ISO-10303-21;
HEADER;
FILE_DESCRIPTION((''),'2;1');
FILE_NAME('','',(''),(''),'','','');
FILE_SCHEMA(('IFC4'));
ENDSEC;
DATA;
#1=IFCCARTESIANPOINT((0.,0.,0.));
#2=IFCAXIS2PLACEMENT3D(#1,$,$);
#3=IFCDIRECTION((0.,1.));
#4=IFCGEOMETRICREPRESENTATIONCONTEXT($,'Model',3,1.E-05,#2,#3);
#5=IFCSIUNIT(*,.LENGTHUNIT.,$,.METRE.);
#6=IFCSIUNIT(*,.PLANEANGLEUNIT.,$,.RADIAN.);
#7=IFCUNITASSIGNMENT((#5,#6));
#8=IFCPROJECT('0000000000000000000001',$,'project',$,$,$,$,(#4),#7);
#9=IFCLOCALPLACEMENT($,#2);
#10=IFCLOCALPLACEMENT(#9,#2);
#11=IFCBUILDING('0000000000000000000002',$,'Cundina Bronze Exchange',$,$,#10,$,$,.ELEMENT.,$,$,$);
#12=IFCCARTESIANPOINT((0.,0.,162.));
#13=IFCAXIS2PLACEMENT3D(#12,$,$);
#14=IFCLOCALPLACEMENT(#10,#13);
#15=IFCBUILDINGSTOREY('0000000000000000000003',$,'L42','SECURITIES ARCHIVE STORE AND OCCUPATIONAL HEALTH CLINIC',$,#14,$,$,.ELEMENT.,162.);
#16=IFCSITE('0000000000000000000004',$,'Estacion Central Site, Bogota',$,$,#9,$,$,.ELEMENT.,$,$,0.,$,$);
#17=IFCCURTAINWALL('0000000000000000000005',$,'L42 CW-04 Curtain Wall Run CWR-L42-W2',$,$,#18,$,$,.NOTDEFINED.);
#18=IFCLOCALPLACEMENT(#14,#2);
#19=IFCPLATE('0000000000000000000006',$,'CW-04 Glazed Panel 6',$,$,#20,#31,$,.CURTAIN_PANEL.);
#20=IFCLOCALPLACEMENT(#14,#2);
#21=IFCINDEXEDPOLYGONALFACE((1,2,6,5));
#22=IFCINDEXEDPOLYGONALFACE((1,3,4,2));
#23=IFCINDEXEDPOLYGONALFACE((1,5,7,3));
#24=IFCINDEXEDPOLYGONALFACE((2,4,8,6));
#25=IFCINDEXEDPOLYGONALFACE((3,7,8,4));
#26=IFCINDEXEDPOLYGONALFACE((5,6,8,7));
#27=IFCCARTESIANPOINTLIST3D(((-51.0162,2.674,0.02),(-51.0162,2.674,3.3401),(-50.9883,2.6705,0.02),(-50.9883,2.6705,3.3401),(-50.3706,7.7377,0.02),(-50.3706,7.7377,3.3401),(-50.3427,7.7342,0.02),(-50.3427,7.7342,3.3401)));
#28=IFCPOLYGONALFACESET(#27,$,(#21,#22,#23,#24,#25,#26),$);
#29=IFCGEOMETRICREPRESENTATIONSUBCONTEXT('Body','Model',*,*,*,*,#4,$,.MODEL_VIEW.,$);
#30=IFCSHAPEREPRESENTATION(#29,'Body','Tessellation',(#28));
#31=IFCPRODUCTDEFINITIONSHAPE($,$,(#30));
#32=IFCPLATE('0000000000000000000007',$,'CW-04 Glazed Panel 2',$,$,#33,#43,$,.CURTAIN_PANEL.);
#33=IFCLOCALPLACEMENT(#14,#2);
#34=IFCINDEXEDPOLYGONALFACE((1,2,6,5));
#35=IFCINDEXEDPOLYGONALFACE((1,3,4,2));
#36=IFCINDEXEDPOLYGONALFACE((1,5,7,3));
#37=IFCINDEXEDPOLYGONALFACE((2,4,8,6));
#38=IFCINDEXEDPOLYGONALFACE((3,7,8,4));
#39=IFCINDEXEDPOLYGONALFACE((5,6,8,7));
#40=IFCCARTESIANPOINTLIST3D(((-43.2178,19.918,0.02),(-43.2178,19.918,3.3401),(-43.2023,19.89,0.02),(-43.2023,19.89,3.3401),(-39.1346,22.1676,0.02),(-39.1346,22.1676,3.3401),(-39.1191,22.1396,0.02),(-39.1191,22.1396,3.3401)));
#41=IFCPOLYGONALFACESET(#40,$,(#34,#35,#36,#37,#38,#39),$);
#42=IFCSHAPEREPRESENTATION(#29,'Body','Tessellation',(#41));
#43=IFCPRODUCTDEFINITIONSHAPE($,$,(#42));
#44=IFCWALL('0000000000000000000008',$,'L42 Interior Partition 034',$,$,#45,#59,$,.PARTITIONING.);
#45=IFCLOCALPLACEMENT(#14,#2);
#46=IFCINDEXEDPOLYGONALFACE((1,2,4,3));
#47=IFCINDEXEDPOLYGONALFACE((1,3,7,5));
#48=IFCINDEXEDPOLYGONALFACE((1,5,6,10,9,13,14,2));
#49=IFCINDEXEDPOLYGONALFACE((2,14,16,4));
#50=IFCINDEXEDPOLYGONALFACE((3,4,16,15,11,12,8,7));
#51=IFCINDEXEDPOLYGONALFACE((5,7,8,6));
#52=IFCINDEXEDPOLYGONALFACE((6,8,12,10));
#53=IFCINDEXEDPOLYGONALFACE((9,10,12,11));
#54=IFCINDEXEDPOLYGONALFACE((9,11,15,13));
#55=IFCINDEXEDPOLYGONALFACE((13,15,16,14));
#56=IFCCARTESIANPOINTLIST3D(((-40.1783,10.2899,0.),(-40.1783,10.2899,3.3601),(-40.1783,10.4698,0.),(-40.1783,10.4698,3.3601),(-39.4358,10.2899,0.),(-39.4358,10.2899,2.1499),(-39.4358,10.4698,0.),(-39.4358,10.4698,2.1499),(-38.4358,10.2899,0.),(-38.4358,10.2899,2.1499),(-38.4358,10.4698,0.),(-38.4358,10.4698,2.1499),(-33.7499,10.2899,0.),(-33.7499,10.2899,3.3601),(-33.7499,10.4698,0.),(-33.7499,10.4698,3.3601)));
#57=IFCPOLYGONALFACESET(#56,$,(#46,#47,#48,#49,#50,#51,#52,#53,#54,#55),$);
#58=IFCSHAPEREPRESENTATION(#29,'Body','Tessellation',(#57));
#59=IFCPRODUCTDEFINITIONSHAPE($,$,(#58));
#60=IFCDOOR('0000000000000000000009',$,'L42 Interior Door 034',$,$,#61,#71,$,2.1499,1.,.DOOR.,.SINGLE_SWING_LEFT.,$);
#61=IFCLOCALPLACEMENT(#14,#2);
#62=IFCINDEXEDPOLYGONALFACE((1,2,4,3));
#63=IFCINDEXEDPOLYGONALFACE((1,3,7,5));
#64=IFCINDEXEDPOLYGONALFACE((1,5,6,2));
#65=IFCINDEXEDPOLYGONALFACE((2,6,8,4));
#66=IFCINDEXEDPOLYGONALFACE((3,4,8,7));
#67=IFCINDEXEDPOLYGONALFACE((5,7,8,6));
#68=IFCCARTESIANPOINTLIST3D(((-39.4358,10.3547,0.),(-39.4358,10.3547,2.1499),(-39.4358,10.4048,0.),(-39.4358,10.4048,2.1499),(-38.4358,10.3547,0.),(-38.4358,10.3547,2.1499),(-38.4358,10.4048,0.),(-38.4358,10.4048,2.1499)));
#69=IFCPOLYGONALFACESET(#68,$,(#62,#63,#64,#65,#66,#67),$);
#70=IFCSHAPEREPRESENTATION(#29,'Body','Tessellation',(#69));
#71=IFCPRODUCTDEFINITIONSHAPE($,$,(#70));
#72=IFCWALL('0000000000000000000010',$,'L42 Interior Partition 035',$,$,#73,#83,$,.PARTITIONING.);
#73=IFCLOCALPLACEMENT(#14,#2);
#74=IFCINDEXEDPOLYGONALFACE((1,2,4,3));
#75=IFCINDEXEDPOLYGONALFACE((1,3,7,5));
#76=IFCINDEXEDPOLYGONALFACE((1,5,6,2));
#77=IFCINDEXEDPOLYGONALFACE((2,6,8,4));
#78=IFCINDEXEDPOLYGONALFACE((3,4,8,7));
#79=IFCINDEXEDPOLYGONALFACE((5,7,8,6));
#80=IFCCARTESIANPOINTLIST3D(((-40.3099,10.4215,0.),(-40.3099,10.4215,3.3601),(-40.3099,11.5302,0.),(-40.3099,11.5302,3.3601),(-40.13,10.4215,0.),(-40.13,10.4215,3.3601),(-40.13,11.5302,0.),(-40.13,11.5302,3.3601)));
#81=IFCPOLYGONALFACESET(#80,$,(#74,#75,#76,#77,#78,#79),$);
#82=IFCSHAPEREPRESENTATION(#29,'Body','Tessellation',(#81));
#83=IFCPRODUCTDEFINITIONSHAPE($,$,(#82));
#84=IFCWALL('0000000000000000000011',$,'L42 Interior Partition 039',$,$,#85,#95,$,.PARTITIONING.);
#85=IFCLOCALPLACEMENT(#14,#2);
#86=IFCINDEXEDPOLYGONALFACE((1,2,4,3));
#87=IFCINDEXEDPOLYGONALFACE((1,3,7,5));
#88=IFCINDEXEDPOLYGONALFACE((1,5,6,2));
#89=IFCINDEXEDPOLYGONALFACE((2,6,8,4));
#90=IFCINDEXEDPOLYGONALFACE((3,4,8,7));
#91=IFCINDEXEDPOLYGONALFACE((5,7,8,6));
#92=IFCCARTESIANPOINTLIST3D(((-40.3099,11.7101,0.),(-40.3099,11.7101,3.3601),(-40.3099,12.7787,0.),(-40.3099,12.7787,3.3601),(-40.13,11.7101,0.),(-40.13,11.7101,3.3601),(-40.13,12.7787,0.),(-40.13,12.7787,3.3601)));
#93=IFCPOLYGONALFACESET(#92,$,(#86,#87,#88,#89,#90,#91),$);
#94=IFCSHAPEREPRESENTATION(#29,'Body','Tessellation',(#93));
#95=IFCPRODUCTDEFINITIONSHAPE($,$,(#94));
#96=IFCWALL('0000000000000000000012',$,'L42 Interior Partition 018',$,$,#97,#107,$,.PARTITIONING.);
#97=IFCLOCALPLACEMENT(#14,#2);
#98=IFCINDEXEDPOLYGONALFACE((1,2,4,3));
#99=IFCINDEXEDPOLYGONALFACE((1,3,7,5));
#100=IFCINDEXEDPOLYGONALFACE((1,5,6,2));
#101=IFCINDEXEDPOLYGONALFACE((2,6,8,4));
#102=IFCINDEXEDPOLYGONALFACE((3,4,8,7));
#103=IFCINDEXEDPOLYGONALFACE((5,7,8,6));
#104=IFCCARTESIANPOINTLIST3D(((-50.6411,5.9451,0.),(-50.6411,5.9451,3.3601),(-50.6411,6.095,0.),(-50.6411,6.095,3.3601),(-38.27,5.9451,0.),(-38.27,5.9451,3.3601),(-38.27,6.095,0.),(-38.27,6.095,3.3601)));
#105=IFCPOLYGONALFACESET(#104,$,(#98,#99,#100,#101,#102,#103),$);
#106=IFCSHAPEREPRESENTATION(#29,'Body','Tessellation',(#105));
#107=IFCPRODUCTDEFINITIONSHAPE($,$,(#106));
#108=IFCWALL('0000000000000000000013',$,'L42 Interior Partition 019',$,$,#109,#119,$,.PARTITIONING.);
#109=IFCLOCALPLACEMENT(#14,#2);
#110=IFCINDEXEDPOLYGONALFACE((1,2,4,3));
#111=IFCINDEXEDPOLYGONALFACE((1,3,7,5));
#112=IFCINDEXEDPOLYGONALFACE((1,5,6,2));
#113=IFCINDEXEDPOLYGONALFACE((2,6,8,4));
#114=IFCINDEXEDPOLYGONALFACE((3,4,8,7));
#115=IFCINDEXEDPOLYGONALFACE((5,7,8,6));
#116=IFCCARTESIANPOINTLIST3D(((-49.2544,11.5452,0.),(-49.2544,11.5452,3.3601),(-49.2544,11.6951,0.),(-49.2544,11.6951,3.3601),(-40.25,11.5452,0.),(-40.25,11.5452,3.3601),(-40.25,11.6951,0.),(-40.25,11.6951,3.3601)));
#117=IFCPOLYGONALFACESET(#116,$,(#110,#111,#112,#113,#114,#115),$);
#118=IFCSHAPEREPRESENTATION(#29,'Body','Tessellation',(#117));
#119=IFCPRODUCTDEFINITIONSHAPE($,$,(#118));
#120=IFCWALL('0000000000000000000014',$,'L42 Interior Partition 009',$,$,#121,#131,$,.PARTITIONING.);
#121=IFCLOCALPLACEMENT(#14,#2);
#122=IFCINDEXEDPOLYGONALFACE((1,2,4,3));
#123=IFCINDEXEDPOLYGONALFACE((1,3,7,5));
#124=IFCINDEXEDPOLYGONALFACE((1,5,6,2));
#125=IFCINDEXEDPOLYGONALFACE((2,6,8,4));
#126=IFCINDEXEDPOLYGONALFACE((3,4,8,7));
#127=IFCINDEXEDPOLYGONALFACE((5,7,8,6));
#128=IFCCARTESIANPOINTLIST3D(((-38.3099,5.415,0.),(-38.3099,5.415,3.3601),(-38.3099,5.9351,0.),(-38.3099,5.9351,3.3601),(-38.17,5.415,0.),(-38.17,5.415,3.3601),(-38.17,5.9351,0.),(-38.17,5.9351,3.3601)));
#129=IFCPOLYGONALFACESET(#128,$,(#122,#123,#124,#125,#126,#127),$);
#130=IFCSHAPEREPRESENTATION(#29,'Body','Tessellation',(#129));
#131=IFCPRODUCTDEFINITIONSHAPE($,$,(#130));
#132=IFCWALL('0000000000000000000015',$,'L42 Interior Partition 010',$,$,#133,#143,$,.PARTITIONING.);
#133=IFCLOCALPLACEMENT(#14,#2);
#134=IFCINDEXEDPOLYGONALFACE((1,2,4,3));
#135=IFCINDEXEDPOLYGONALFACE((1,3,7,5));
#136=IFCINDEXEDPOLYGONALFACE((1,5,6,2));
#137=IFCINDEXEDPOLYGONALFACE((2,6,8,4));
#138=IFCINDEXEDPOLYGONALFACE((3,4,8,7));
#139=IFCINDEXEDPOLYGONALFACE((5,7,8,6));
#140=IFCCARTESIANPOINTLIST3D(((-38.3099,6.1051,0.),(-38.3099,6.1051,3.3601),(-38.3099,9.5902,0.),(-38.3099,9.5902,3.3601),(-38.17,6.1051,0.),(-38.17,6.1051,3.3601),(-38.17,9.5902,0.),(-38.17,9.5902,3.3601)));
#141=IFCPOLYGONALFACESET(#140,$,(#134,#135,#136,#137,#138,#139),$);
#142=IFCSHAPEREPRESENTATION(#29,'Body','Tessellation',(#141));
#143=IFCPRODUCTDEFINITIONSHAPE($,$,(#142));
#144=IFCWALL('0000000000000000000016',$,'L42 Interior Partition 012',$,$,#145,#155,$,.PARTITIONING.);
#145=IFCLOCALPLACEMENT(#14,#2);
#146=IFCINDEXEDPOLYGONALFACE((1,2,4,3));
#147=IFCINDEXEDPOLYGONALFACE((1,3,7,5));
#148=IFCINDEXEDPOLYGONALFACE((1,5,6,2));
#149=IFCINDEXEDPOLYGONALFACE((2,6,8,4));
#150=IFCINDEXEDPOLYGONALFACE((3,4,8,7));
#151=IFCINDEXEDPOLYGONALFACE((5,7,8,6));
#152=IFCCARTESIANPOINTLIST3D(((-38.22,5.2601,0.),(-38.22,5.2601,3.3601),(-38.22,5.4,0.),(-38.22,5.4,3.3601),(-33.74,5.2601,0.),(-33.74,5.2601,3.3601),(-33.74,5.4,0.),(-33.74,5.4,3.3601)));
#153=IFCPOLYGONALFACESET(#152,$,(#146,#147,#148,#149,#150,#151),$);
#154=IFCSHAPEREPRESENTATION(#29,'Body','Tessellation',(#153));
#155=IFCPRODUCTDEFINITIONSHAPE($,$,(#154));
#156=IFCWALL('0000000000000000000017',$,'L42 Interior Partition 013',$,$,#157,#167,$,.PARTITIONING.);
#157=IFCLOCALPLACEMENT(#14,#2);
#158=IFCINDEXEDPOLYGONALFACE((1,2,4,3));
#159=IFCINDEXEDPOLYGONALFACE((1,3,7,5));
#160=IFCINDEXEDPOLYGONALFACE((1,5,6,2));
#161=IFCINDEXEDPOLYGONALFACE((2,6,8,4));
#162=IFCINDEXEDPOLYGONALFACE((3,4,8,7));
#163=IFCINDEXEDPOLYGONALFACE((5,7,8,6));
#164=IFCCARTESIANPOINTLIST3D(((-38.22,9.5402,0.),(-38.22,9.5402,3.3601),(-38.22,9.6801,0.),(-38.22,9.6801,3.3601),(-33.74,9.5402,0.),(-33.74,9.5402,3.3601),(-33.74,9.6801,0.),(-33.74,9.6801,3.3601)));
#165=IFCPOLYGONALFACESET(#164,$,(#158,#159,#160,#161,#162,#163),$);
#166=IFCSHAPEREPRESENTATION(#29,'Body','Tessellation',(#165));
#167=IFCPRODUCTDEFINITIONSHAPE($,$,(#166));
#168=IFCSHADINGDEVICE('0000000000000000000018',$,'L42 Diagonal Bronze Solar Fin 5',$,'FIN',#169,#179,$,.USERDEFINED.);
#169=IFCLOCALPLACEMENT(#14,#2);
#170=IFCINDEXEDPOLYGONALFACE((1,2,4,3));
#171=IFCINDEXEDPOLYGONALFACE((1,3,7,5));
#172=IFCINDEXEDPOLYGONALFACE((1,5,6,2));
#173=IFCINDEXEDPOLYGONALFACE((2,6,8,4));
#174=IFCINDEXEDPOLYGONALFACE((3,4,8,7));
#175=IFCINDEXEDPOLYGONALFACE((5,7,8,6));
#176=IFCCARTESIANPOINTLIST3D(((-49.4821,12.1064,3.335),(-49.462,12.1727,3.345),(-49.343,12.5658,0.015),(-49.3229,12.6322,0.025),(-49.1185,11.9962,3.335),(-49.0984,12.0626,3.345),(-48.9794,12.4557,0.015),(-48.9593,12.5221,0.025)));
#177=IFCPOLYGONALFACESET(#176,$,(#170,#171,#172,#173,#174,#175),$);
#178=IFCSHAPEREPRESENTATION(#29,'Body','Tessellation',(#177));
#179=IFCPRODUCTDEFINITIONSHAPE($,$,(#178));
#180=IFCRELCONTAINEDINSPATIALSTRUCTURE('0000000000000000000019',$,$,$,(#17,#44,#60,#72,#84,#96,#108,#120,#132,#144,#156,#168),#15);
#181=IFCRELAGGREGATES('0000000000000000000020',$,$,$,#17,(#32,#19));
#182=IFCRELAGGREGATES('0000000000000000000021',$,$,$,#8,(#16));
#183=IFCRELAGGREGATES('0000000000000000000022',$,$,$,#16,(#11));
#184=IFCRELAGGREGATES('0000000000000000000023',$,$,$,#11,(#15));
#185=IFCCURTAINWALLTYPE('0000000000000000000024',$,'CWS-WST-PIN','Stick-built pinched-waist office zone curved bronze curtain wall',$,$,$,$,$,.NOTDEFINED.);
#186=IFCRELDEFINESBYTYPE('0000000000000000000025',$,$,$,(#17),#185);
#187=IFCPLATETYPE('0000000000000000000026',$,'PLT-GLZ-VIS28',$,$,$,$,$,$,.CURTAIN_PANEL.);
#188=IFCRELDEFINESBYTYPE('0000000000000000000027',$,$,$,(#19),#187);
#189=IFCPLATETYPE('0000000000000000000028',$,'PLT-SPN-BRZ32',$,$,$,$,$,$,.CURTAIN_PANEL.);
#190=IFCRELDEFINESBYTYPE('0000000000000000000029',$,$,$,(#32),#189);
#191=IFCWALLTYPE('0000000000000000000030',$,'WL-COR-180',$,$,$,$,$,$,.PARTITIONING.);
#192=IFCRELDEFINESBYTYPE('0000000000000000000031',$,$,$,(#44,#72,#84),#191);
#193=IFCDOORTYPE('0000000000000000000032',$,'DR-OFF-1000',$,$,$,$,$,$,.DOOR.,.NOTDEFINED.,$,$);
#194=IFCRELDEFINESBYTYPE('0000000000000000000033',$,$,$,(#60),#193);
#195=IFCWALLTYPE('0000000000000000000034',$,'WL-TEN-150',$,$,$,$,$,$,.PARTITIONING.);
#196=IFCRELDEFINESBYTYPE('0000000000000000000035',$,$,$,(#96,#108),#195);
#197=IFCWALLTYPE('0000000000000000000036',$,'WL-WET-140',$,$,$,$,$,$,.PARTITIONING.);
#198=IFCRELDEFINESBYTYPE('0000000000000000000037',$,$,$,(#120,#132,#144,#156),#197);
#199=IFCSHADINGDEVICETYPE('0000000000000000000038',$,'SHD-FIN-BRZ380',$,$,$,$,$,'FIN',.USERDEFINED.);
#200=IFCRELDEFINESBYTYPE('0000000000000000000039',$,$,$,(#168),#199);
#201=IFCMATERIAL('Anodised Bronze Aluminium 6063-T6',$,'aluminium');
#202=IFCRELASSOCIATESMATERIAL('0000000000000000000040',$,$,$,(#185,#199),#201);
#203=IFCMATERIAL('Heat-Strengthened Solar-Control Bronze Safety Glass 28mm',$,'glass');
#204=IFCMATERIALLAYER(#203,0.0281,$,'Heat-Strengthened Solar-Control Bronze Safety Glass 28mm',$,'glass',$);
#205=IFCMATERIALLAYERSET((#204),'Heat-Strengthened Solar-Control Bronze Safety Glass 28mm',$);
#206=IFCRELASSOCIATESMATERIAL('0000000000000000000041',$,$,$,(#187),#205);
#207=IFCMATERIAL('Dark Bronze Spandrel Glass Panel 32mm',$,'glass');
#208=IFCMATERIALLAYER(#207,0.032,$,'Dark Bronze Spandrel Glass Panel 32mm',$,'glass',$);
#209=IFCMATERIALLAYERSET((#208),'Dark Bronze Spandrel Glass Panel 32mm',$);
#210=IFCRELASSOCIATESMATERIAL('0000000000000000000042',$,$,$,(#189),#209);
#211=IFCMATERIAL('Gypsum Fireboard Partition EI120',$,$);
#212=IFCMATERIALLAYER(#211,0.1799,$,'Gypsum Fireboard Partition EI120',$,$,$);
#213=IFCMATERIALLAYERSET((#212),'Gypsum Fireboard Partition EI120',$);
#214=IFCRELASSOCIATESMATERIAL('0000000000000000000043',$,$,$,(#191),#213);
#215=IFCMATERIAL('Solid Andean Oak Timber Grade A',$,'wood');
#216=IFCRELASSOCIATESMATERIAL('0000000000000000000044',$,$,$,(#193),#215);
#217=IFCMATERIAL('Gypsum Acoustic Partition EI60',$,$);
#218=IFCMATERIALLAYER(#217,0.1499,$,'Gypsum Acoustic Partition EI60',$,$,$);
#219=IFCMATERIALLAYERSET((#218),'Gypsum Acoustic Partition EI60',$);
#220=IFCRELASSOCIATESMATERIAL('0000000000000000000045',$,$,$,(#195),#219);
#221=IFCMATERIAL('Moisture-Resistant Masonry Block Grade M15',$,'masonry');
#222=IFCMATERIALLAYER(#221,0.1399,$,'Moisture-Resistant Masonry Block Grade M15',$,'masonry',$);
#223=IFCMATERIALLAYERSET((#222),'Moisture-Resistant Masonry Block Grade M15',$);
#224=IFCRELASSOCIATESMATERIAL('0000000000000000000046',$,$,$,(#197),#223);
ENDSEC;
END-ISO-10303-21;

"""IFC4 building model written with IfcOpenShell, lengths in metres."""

from ifc_helpers import new_model, si_unit, direction, frame, frame_2d, origin, origin_2d, place, context, subcontext, project, spatial, rectangle, extrude, material, layer, layer_set, material_profile, profile_set, type_object, element, fill, aggregate, save


model = new_model("IFC4")

# Units and contexts
model_context = context("Model", 3, precision=1e-05, world=origin(), true_north=direction((0.0, 1.0)))
body_context = subcontext(model_context, "Body", "Model", "MODEL_VIEW")
ifc_project = project(units=[si_unit("LENGTHUNIT", "METRE"), si_unit("PLANEANGLEUNIT", "RADIAN")], contexts=[model_context])

# Site, building, storey
site_placement = place(None, origin())
site = spatial("IfcSite", under=ifc_project, at=site_placement, Name="Estacion Central Site, Bogota", CompositionType="ELEMENT", RefElevation=0.0)
building_placement = place(site_placement, origin())
building = spatial("IfcBuilding", under=site, at=building_placement, Name="Cundina Bronze Exchange", CompositionType="ELEMENT")
storey_placement = place(building_placement, frame((0.0, 0.0, 162.0)))
storey = spatial("IfcBuildingStorey", under=building, at=storey_placement, Name="L42", Description="SECURITIES ARCHIVE STORE AND OCCUPATIONAL HEALTH CLINIC", CompositionType="ELEMENT", Elevation=162.0)

# Curtain wall, plates
ifc_material_1 = material(Name="Anodised Bronze Aluminium 6063-T6", Category="aluminium")
curtain_wall_type = type_object("IfcCurtainWallType", Name="CWS-WST-PIN", Description="Stick-built pinched-waist office zone curved bronze curtain wall", PredefinedType="NOTDEFINED", material=ifc_material_1)
curtain_wall_placement = place(storey_placement, origin())
curtain_wall = element("IfcCurtainWall", 1, at=curtain_wall_placement, inside=storey, type_object=curtain_wall_type, Name="L42 CW-04 Curtain Wall Run CWR-L42-W2", PredefinedType="NOTDEFINED")
ifc_material_2 = material(Name="Heat-Strengthened Solar-Control Bronze Safety Glass 28mm", Category="glass")
ifc_layer_1 = layer(ifc_material_2, 0.0281, Name="Heat-Strengthened Solar-Control Bronze Safety Glass 28mm", Category="glass")
ifc_layer_set_1 = layer_set([ifc_layer_1], Name="Heat-Strengthened Solar-Control Bronze Safety Glass 28mm")
plate_type_1 = type_object("IfcPlateType", Name="PLT-GLZ-VIS28", PredefinedType="CURTAIN_PANEL", material=ifc_layer_set_1)
plate_1_placement = place(storey_placement, frame((-50.6794, 5.2041, 0.02), z_axis=(0.0, 0.0, 1.0), x_axis=(-0.126476, -0.99197, 0.0)))
plate_1 = element("IfcPlate", 2, at=plate_1_placement, type_object=plate_type_1, Name="CW-04 Glazed Panel 6", PredefinedType="CURTAIN_PANEL", context=body_context, shape_type="SweptSolid", body=[
    extrude(rectangle(XDim=5.1047, YDim=0.0281, at=origin_2d()), origin(), (0.0, 0.0, 1.0), 3.3201),
])
ifc_material_3 = material(Name="Dark Bronze Spandrel Glass Panel 32mm", Category="glass")
ifc_layer_2 = layer(ifc_material_3, 0.032, Name="Dark Bronze Spandrel Glass Panel 32mm", Category="glass")
ifc_layer_set_2 = layer_set([ifc_layer_2], Name="Dark Bronze Spandrel Glass Panel 32mm")
plate_type_2 = type_object("IfcPlateType", Name="PLT-SPN-BRZ32", PredefinedType="CURTAIN_PANEL", material=ifc_layer_set_2)
plate_2_placement = place(storey_placement, frame((-41.1685, 21.0288, 0.02), z_axis=(0.0, 0.0, 1.0), x_axis=(-0.875869, -0.482549, 0.0)))
plate_2 = element("IfcPlate", 3, at=plate_2_placement, type_object=plate_type_2, Name="CW-04 Glazed Panel 2", PredefinedType="CURTAIN_PANEL", context=body_context, shape_type="SweptSolid", body=[
    extrude(rectangle(XDim=4.6619, YDim=0.032, at=origin_2d()), origin(), (0.0, 0.0, 1.0), 3.3201),
])
aggregate(curtain_wall, [plate_2, plate_1])

# Wall, opening, door
ifc_material_4 = material(Name="Gypsum Fireboard Partition EI120")
ifc_layer_3 = layer(ifc_material_4, 0.1799, Name="Gypsum Fireboard Partition EI120")
ifc_layer_set_3 = layer_set([ifc_layer_3], Name="Gypsum Fireboard Partition EI120")
wall_type_1 = type_object("IfcWallType", Name="WL-COR-180", PredefinedType="PARTITIONING", material=ifc_layer_set_3)
wall_1_placement = place(storey_placement, frame((-40.1785, 10.3799, 0.0), z_axis=(0.0, 0.0, 1.0), x_axis=(1.0, 0.0, 0.0)))
wall_1 = element("IfcWall", 4, at=wall_1_placement, inside=storey, type_object=wall_type_1, Name="L42 Interior Partition 034", PredefinedType="PARTITIONING", context=body_context, shape_type="SweptSolid", body=[
    extrude(rectangle(XDim=6.4285, YDim=0.1799, at=frame_2d((3.2144, 0.0))), origin(), (0.0, 0.0, 1.0), 3.3601),
])
opening_placement = place(wall_1_placement, frame((0.7427, 0.0, 0.0)))
opening = element("IfcOpeningElement", 5, at=opening_placement, cuts=wall_1, PredefinedType="OPENING", context=body_context, shape_type="SweptSolid", body=[
    extrude(rectangle(XDim=1.0, YDim=2.1499, at=frame_2d((0.5, 1.075))), frame((0.0, 0.0999, 0.0), z_axis=(0.0, -1.0, 0.0), x_axis=(1.0, 0.0, 0.0)), (0.0, 0.0, 1.0), 0.2),
])
ifc_material_5 = material(Name="Solid Andean Oak Timber Grade A", Category="wood")
door_type = type_object("IfcDoorType", Name="DR-OFF-1000", OperationType="NOTDEFINED", PredefinedType="DOOR", material=ifc_material_5)
door_placement = place(opening_placement, origin())
door = element("IfcDoor", 6, at=door_placement, inside=storey, type_object=door_type, Name="L42 Interior Door 034", OperationType="SINGLE_SWING_LEFT", OverallHeight=2.1499, OverallWidth=1.0, PredefinedType="DOOR", context=body_context, shape_type="SweptSolid", body=[
    extrude(rectangle(XDim=1.0, YDim=2.1499, at=frame_2d((0.5, 1.075))), frame((0.0, 0.0249, 0.0), z_axis=(0.0, -1.0, 0.0), x_axis=(1.0, 0.0, 0.0)), (0.0, 0.0, 1.0), 0.05),
])
fill(opening, door)

# Walls
wall_2_placement = place(storey_placement, frame((-40.22, 11.53, 0.0), z_axis=(0.0, 0.0, 1.0), x_axis=(0.0, -1.0, 0.0)))
element("IfcWall", 7, at=wall_2_placement, inside=storey, type_object=wall_type_1, Name="L42 Interior Partition 035", PredefinedType="PARTITIONING", context=body_context, shape_type="SweptSolid", body=[
    extrude(rectangle(XDim=1.1086, YDim=0.1799, at=frame_2d((0.5542, 0.0))), origin(), (0.0, 0.0, 1.0), 3.3601),
])
wall_3_placement = place(storey_placement, frame((-40.22, 12.7786, 0.0), z_axis=(0.0, 0.0, 1.0), x_axis=(0.0, -1.0, 0.0)))
element("IfcWall", 8, at=wall_3_placement, inside=storey, type_object=wall_type_1, Name="L42 Interior Partition 039", PredefinedType="PARTITIONING", context=body_context, shape_type="SweptSolid", body=[
    extrude(rectangle(XDim=1.0686, YDim=0.1799, at=frame_2d((0.5342, 0.0))), origin(), (0.0, 0.0, 1.0), 3.3601),
])
ifc_material_6 = material(Name="Gypsum Acoustic Partition EI60")
ifc_layer_4 = layer(ifc_material_6, 0.1499, Name="Gypsum Acoustic Partition EI60")
ifc_layer_set_4 = layer_set([ifc_layer_4], Name="Gypsum Acoustic Partition EI60")
wall_type_2 = type_object("IfcWallType", Name="WL-TEN-150", PredefinedType="PARTITIONING", material=ifc_layer_set_4)
wall_4_placement = place(storey_placement, frame((-50.6411, 6.02, 0.0), z_axis=(0.0, 0.0, 1.0), x_axis=(1.0, 0.0, 0.0)))
element("IfcWall", 9, at=wall_4_placement, inside=storey, type_object=wall_type_2, Name="L42 Interior Partition 018", PredefinedType="PARTITIONING", context=body_context, shape_type="SweptSolid", body=[
    extrude(rectangle(XDim=12.3711, YDim=0.1499, at=frame_2d((6.1855, 0.0))), origin(), (0.0, 0.0, 1.0), 3.3601),
])
wall_5_placement = place(storey_placement, frame((-49.2544, 11.6201, 0.0), z_axis=(0.0, 0.0, 1.0), x_axis=(1.0, 0.0, 0.0)))
element("IfcWall", 10, at=wall_5_placement, inside=storey, type_object=wall_type_2, Name="L42 Interior Partition 019", PredefinedType="PARTITIONING", context=body_context, shape_type="SweptSolid", body=[
    extrude(rectangle(XDim=9.0044, YDim=0.1499, at=frame_2d((4.5022, 0.0))), origin(), (0.0, 0.0, 1.0), 3.3601),
])
ifc_material_7 = material(Name="Moisture-Resistant Masonry Block Grade M15", Category="masonry")
ifc_layer_5 = layer(ifc_material_7, 0.1399, Name="Moisture-Resistant Masonry Block Grade M15", Category="masonry")
ifc_layer_set_5 = layer_set([ifc_layer_5], Name="Moisture-Resistant Masonry Block Grade M15")
wall_type_3 = type_object("IfcWallType", Name="WL-WET-140", PredefinedType="PARTITIONING", material=ifc_layer_set_5)
wall_6_placement = place(storey_placement, frame((-38.24, 5.415, 0.0), z_axis=(0.0, 0.0, 1.0), x_axis=(0.0, 1.0, 0.0)))
element("IfcWall", 11, at=wall_6_placement, inside=storey, type_object=wall_type_3, Name="L42 Interior Partition 009", PredefinedType="PARTITIONING", context=body_context, shape_type="SweptSolid", body=[
    extrude(rectangle(XDim=0.52, YDim=0.1399, at=frame_2d((0.26, 0.0))), origin(), (0.0, 0.0, 1.0), 3.3601),
])
wall_7_placement = place(storey_placement, frame((-38.24, 6.105, 0.0), z_axis=(0.0, 0.0, 1.0), x_axis=(0.0, 1.0, 0.0)))
element("IfcWall", 12, at=wall_7_placement, inside=storey, type_object=wall_type_3, Name="L42 Interior Partition 010", PredefinedType="PARTITIONING", context=body_context, shape_type="SweptSolid", body=[
    extrude(rectangle(XDim=3.4851, YDim=0.1399, at=frame_2d((1.7427, 0.0))), origin(), (0.0, 0.0, 1.0), 3.3601),
])
for number, where, z_axis, x_axis, name in (
    (13, (-38.22, 5.3301, 0.0), (0.0, 0.0, 1.0), (1.0, 0.0, 0.0), "L42 Interior Partition 012"),
    (14, (-38.22, 9.6101, 0.0), (0.0, 0.0, 1.0), (1.0, 0.0, 0.0), "L42 Interior Partition 013"),
):
    element("IfcWall", number, at=place(storey_placement, frame(where, z_axis=z_axis, x_axis=x_axis)), inside=storey, type_object=wall_type_3, Name=name, PredefinedType="PARTITIONING", context=body_context, shape_type="SweptSolid", body=[
        extrude(rectangle(XDim=4.48, YDim=0.1399, at=frame_2d((2.24, 0.0))), origin(), (0.0, 0.0, 1.0), 3.3601),
    ])

# Shading device
ifc_material_profile_1 = material_profile(ifc_material_1, rectangle(XDim=0.0701, YDim=0.3799, at=origin_2d()), Name="FIN70X380", Category="aluminium")
ifc_profile_set_1 = profile_set([ifc_material_profile_1], Name="Anodised Bronze Aluminium 6063-T6")
shading_device_type = type_object("IfcShadingDeviceType", Name="SHD-FIN-BRZ380", ElementType="FIN", PredefinedType="USERDEFINED", material=ifc_profile_set_1)
shading_device_placement = place(storey_placement, frame((-49.1511, 12.5439, 0.02), z_axis=(-0.041483, -0.136968, 0.989706), x_axis=(0.286883, 0.947216, 0.143112)))
element("IfcShadingDevice", 15, at=shading_device_placement, inside=storey, type_object=shading_device_type, Name="L42 Diagonal Bronze Solar Fin 5", ObjectType="FIN", PredefinedType="USERDEFINED", context=body_context, shape_type="SweptSolid", body=[
    extrude(rectangle(XDim=0.0701, YDim=0.3799, at=origin_2d()), origin(), (0.0, 0.0, 1.0), 3.3545),
])

save(model, "model.ifc")
